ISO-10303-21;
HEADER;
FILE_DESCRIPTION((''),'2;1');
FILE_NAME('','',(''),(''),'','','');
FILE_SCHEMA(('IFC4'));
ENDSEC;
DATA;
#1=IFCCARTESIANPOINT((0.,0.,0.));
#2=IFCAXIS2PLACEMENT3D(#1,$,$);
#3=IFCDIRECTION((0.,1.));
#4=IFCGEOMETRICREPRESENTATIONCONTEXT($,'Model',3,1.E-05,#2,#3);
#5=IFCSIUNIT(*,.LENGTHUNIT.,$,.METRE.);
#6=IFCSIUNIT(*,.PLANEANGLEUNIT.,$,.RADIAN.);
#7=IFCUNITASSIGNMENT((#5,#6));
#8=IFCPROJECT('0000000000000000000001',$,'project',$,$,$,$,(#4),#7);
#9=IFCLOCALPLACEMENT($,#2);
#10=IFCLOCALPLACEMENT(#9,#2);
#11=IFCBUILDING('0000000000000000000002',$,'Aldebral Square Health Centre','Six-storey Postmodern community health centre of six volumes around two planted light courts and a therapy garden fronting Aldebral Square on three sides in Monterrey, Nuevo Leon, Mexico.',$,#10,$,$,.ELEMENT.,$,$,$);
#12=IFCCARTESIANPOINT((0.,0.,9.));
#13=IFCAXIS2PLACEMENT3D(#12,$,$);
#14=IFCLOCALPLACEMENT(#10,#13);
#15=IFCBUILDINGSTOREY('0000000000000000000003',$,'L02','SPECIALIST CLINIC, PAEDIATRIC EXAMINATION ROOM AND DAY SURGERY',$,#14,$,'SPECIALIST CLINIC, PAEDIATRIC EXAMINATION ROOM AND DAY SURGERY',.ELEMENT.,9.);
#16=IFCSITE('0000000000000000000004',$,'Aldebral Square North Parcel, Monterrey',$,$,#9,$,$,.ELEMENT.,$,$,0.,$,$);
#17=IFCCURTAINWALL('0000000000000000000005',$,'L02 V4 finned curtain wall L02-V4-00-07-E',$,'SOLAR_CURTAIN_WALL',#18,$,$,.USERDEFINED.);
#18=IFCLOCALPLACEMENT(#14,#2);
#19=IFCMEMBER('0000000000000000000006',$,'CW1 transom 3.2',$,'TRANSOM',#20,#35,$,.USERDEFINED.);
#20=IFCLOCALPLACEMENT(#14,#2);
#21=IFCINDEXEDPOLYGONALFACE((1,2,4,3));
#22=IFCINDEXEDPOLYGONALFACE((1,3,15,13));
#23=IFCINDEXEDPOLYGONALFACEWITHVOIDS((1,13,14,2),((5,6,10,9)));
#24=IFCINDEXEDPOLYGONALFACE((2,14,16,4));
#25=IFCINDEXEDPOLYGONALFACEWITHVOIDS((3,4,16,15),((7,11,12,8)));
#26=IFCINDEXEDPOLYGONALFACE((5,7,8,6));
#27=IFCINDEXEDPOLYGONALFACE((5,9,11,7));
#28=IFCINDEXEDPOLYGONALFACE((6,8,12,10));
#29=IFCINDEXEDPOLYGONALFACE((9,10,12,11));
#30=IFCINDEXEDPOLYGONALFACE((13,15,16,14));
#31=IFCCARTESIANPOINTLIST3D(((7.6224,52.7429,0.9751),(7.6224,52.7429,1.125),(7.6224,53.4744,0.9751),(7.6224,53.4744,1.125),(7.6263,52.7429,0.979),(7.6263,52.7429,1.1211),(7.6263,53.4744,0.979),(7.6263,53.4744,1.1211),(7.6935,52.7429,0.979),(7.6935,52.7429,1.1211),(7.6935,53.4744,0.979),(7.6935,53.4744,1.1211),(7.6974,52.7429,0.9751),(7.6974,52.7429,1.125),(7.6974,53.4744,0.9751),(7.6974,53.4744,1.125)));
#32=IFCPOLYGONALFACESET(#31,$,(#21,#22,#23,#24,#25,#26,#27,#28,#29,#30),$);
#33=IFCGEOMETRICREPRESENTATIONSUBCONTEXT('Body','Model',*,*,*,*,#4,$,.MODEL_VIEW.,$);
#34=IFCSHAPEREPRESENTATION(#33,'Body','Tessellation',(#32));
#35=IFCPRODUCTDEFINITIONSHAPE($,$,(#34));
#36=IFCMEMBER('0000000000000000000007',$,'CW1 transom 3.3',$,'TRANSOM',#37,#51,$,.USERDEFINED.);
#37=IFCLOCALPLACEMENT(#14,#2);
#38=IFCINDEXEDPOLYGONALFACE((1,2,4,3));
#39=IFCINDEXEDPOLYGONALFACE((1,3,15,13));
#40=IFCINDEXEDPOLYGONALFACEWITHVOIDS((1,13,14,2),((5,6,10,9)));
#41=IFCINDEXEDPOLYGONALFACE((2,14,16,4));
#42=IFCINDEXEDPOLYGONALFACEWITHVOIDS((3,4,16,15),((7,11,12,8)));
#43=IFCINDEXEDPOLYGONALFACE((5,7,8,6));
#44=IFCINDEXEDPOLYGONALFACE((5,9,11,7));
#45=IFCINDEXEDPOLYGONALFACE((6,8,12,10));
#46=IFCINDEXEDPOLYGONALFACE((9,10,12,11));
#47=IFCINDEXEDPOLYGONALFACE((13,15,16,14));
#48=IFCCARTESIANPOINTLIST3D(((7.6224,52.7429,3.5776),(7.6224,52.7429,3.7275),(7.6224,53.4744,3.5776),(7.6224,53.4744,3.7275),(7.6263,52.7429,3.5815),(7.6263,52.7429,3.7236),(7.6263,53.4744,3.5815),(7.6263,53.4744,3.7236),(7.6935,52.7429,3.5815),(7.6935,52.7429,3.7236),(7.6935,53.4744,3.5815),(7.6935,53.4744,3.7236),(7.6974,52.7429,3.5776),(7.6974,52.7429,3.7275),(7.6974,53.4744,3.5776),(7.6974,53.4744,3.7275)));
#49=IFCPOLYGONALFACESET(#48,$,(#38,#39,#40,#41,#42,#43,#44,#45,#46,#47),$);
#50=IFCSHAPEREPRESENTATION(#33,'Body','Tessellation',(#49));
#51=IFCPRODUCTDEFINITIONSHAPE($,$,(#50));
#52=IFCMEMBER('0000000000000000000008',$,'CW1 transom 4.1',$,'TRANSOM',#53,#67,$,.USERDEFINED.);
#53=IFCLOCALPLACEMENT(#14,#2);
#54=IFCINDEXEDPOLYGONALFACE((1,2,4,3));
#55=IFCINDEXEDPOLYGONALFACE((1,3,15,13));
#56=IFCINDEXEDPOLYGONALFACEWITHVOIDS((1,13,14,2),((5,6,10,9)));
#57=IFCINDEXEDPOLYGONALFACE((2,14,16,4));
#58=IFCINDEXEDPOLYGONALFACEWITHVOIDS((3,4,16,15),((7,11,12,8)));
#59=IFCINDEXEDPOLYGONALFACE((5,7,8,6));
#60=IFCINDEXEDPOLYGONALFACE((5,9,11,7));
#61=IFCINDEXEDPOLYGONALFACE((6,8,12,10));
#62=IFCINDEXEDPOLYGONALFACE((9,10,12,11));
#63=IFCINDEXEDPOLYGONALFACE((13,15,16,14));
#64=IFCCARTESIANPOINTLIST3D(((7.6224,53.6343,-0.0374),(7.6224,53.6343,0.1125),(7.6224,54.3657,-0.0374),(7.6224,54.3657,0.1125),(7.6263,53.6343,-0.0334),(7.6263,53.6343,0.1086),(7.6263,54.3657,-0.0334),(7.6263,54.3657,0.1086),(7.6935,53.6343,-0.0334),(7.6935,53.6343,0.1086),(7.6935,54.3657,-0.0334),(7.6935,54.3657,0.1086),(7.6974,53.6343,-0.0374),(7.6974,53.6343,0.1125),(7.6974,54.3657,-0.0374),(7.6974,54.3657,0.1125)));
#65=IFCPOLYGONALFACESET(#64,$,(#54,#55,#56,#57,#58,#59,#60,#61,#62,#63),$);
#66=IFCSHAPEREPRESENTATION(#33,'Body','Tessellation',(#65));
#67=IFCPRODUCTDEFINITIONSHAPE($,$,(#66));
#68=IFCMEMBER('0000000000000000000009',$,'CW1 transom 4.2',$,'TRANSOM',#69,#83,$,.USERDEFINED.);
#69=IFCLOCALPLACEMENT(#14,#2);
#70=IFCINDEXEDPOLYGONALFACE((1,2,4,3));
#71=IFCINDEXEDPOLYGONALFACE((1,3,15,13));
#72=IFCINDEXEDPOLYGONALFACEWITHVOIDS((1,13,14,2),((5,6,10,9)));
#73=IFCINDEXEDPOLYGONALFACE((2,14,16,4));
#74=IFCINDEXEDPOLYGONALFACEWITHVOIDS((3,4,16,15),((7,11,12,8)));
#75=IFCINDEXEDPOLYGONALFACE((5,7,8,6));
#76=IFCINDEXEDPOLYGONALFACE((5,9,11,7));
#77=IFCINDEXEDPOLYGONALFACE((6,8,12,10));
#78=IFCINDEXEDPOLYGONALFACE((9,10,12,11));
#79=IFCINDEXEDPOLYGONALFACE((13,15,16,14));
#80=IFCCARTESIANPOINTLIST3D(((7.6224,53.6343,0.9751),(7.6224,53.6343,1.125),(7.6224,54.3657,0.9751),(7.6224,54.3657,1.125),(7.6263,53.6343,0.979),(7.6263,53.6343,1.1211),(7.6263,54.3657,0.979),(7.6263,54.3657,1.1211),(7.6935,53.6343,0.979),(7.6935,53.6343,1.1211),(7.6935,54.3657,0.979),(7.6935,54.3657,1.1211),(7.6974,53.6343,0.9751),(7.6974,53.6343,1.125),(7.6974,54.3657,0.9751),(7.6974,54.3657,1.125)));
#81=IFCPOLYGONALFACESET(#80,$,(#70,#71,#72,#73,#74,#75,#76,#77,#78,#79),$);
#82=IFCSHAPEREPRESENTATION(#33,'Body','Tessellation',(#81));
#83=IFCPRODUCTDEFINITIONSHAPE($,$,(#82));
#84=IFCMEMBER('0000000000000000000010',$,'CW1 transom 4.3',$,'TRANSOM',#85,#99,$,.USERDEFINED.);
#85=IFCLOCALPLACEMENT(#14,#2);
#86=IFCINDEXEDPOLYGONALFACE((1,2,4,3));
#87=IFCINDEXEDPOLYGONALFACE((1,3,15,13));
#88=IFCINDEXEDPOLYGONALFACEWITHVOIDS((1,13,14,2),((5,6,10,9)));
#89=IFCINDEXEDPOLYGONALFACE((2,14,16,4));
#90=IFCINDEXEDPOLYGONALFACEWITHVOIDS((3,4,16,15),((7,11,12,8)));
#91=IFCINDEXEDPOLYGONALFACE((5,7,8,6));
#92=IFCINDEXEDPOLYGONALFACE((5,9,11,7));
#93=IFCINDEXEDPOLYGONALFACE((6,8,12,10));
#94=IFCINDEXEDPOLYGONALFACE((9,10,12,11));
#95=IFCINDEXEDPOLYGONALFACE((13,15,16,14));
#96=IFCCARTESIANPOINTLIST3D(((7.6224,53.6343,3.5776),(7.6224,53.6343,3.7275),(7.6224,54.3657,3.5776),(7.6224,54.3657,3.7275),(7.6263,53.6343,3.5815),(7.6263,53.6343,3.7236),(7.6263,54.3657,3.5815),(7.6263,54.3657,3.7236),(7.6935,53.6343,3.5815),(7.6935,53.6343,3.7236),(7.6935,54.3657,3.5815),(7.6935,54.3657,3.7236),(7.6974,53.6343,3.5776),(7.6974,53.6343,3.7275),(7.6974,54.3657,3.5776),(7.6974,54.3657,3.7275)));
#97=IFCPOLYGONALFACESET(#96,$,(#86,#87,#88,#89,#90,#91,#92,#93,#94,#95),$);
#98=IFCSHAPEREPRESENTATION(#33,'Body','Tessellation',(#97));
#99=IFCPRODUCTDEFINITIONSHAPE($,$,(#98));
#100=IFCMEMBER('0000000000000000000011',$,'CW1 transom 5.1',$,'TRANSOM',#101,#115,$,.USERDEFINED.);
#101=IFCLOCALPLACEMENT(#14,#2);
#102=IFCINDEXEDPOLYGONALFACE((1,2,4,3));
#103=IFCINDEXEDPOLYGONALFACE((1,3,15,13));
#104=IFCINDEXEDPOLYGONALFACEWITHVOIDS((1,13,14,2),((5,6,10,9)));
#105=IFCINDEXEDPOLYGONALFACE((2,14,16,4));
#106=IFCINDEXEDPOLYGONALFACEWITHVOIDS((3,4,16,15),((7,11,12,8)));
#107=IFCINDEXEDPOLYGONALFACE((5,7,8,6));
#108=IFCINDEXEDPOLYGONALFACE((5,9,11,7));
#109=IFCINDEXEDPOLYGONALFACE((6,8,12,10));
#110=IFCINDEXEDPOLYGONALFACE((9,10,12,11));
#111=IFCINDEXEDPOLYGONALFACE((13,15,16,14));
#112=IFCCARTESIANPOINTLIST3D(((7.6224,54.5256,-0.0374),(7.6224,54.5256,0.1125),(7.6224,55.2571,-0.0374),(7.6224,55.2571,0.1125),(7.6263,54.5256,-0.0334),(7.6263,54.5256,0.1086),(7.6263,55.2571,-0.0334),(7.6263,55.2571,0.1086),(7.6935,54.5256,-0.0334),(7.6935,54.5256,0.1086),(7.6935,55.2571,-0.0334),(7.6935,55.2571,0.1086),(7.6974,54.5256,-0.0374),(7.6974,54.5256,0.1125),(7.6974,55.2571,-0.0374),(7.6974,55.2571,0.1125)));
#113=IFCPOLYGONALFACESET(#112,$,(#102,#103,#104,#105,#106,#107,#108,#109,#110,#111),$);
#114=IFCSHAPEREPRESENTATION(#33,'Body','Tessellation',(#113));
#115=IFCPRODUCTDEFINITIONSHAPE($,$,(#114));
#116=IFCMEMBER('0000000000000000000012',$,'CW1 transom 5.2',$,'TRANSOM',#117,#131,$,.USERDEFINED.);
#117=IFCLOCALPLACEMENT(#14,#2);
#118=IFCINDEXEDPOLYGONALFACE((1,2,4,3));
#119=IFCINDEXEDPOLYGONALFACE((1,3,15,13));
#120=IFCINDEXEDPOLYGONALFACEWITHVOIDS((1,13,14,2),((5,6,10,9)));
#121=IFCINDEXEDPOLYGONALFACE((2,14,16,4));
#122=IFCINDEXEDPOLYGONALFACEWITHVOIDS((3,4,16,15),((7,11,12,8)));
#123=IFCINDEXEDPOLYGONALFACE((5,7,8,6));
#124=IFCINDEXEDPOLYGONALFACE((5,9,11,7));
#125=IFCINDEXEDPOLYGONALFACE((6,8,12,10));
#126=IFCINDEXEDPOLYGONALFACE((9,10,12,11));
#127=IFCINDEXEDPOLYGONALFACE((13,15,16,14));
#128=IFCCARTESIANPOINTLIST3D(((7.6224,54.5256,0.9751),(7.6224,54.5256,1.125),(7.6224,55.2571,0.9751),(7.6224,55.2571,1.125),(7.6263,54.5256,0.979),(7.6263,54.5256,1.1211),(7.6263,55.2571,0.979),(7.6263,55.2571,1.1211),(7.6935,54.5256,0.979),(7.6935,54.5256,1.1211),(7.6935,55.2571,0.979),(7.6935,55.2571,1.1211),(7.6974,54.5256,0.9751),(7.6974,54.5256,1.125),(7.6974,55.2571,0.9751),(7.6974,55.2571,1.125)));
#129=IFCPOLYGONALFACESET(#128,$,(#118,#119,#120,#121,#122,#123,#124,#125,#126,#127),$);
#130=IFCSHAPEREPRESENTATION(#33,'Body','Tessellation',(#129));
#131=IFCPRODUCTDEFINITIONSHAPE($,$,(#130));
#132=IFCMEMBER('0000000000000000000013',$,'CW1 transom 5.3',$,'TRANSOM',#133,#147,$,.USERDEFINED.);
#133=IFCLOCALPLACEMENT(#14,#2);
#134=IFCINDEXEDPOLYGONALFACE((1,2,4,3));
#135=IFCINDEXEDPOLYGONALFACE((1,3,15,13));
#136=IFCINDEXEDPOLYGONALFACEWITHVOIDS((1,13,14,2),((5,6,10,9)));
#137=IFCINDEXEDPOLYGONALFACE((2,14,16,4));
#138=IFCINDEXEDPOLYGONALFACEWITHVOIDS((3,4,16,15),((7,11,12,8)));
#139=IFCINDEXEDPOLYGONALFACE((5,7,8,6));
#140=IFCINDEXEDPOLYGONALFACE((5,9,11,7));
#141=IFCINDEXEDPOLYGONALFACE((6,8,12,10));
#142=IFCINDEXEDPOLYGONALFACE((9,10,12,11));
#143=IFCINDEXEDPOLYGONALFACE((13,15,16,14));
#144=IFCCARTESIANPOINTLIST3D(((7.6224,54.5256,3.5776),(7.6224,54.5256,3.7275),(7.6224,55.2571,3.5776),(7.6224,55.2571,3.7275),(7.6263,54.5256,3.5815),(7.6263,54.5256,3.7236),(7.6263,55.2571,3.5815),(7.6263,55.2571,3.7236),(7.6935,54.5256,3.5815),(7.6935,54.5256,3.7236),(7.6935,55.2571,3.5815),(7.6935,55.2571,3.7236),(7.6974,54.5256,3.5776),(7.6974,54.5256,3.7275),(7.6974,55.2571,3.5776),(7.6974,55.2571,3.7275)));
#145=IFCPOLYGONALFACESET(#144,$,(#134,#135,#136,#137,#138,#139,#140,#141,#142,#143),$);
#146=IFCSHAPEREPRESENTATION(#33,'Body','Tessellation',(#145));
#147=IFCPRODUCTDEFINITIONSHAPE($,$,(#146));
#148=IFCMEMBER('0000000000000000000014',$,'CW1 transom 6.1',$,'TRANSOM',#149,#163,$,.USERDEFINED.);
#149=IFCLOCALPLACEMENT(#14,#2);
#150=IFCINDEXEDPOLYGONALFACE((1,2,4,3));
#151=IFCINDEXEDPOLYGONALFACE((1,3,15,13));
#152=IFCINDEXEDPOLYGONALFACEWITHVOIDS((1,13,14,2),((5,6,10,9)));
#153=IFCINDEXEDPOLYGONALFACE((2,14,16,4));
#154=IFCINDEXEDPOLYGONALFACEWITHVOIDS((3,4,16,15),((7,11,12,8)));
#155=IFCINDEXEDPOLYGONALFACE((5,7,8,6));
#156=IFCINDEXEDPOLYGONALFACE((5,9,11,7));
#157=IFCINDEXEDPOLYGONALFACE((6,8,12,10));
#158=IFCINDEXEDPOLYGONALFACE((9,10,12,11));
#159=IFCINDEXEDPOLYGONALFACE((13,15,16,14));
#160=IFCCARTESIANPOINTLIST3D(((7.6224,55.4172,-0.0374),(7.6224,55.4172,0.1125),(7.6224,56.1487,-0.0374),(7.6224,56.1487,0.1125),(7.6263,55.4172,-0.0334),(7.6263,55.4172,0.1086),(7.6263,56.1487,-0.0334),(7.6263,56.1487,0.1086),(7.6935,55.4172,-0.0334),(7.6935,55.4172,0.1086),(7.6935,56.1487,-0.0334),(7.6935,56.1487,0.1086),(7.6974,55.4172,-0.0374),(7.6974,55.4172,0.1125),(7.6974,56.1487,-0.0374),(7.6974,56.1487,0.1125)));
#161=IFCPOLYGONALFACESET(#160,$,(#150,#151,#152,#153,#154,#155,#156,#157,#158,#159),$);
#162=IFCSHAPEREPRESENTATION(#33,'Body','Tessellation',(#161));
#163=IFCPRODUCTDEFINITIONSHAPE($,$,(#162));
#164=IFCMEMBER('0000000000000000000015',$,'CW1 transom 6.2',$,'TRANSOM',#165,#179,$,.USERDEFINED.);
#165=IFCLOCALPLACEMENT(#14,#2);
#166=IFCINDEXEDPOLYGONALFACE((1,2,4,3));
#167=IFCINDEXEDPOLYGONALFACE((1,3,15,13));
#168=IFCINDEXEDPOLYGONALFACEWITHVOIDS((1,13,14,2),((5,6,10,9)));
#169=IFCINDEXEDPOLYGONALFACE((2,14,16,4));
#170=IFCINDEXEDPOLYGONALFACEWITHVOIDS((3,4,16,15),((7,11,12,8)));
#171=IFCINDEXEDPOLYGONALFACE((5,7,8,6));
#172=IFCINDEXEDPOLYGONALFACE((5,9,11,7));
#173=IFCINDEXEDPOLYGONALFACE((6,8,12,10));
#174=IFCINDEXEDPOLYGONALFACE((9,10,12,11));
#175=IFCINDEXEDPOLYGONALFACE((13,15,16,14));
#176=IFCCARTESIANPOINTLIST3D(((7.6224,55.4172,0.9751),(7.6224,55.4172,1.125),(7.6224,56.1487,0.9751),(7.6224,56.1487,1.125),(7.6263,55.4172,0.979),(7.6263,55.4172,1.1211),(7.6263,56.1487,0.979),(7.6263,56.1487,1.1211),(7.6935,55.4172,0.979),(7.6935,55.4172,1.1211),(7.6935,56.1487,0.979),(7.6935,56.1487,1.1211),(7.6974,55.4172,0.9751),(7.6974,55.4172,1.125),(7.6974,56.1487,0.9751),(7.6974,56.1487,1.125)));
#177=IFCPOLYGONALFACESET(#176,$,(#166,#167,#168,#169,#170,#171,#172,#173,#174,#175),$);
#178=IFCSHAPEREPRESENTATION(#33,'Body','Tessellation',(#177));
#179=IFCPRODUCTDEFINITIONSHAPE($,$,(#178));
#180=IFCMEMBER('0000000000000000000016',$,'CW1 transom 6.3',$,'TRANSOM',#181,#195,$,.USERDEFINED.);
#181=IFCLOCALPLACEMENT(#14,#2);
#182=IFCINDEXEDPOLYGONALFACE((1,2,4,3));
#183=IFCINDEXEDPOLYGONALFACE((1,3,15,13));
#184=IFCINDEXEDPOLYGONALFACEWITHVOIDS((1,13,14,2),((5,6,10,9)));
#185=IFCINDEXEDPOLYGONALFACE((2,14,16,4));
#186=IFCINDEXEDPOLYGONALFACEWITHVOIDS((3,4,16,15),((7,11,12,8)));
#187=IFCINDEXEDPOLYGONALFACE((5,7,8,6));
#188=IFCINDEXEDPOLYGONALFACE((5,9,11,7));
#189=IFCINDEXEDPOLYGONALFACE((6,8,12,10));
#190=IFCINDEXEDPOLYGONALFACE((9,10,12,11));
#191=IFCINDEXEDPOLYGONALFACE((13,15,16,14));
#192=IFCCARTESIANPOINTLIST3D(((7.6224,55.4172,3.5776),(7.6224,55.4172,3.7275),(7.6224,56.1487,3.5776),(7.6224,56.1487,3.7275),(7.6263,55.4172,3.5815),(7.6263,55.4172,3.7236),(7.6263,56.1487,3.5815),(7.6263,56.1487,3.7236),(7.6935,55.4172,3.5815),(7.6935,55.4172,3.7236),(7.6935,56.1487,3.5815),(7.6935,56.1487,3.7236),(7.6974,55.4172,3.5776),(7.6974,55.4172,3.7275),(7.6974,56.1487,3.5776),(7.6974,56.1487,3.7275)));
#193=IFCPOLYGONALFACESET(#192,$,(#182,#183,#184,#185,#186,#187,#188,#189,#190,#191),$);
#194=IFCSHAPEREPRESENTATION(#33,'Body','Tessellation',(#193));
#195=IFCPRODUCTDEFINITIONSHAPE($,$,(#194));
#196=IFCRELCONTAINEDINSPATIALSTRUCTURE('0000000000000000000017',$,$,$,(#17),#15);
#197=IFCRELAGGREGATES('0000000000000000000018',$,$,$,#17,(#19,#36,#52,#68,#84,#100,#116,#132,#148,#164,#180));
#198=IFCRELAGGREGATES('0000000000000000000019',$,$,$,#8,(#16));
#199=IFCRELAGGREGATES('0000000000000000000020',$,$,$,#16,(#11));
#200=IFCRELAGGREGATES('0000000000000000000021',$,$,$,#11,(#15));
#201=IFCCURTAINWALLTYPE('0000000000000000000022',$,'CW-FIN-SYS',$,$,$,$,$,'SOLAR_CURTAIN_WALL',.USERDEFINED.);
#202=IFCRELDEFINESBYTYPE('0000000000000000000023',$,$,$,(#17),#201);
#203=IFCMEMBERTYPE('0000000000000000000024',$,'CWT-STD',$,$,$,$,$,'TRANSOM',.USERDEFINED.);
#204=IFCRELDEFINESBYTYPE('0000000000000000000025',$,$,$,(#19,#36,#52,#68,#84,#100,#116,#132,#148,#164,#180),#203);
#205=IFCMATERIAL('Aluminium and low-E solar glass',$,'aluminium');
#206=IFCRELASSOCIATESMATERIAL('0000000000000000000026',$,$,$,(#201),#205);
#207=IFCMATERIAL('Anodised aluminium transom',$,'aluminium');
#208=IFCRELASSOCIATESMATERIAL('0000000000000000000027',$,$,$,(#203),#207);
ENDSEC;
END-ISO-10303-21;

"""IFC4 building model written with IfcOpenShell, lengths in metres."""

from ifc_helpers import new_model, si_unit, direction, frame, origin, origin_2d, place, context, subcontext, project, spatial, hollow_rectangle, extrude, material, material_profile, profile_set, type_object, element, aggregate, save


model = new_model("IFC4")

# Units and contexts
model_context = context("Model", 3, precision=1e-05, world=origin(), true_north=direction((0.0, 1.0)))
body_context = subcontext(model_context, "Body", "Model", "MODEL_VIEW")
ifc_project = project(units=[si_unit("LENGTHUNIT", "METRE"), si_unit("PLANEANGLEUNIT", "RADIAN")], contexts=[model_context])

# Site, building, storey
site_placement = place(None, origin())
site = spatial("IfcSite", under=ifc_project, at=site_placement, Name="Aldebral Square North Parcel, Monterrey", CompositionType="ELEMENT", RefElevation=0.0)
building_placement = place(site_placement, origin())
building = spatial("IfcBuilding", under=site, at=building_placement, Name="Aldebral Square Health Centre", Description="Six-storey Postmodern community health centre of six volumes around two planted light courts and a therapy garden fronting Aldebral Square on three sides in Monterrey, Nuevo Leon, Mexico.", CompositionType="ELEMENT")
storey_placement = place(building_placement, frame((0.0, 0.0, 9.0)))
storey = spatial("IfcBuildingStorey", under=building, at=storey_placement, Name="L02", Description="SPECIALIST CLINIC, PAEDIATRIC EXAMINATION ROOM AND DAY SURGERY", LongName="SPECIALIST CLINIC, PAEDIATRIC EXAMINATION ROOM AND DAY SURGERY", CompositionType="ELEMENT", Elevation=9.0)

# Curtain wall, members
ifc_material_1 = material(Name="Aluminium and low-E solar glass", Category="aluminium")
curtain_wall_type = type_object("IfcCurtainWallType", Name="CW-FIN-SYS", ElementType="SOLAR_CURTAIN_WALL", PredefinedType="USERDEFINED", material=ifc_material_1)
curtain_wall_placement = place(storey_placement, origin())
curtain_wall = element("IfcCurtainWall", 1, at=curtain_wall_placement, inside=storey, type_object=curtain_wall_type, Name="L02 V4 finned curtain wall L02-V4-00-07-E", ObjectType="SOLAR_CURTAIN_WALL", PredefinedType="USERDEFINED")
ifc_material_2 = material(Name="Anodised aluminium transom", Category="aluminium")
ifc_material_profile_1 = material_profile(ifc_material_2, hollow_rectangle(XDim=0.075, YDim=0.1499, WallThickness=0.0039, at=origin_2d()), Name="CWT 75x150x4")
ifc_profile_set_1 = profile_set([ifc_material_profile_1], Name="Anodised aluminium transom")
member_type_1 = type_object("IfcMemberType", Name="CWT-STD", ElementType="TRANSOM", PredefinedType="USERDEFINED", material=ifc_profile_set_1)
member_1_placement = place(storey_placement, frame((7.6599, 52.7429, 1.05), z_axis=(0.0, 1.0, 0.0), x_axis=(-1.0, 0.0, 0.0)))
member_1 = element("IfcMember", 2, at=member_1_placement, type_object=member_type_1, Name="CW1 transom 3.2", ObjectType="TRANSOM", PredefinedType="USERDEFINED", context=body_context, shape_type="SweptSolid", body=[
    extrude(hollow_rectangle(XDim=0.075, YDim=0.1499, WallThickness=0.0039, at=origin_2d()), origin(), (0.0, 0.0, 1.0), 0.7314),
])
member_2_placement = place(storey_placement, frame((7.6599, 52.7429, 3.6526), z_axis=(0.0, 1.0, 0.0), x_axis=(-1.0, 0.0, 0.0)))
member_2 = element("IfcMember", 3, at=member_2_placement, type_object=member_type_1, Name="CW1 transom 3.3", ObjectType="TRANSOM", PredefinedType="USERDEFINED", context=body_context, shape_type="SweptSolid", body=[
    extrude(hollow_rectangle(XDim=0.075, YDim=0.1499, WallThickness=0.0039, at=origin_2d()), origin(), (0.0, 0.0, 1.0), 0.7314),
])
member_3_placement = place(storey_placement, frame((7.6599, 53.6343, 0.0376), z_axis=(0.0, 1.0, 0.0), x_axis=(-1.0, 0.0, 0.0)))
member_3 = element("IfcMember", 4, at=member_3_placement, type_object=member_type_1, Name="CW1 transom 4.1", ObjectType="TRANSOM", PredefinedType="USERDEFINED", context=body_context, shape_type="SweptSolid", body=[
    extrude(hollow_rectangle(XDim=0.075, YDim=0.1499, WallThickness=0.0039, at=origin_2d()), origin(), (0.0, 0.0, 1.0), 0.7314),
])
member_4_placement = place(storey_placement, frame((7.6599, 53.6343, 1.05), z_axis=(0.0, 1.0, 0.0), x_axis=(-1.0, 0.0, 0.0)))
member_4 = element("IfcMember", 5, at=member_4_placement, type_object=member_type_1, Name="CW1 transom 4.2", ObjectType="TRANSOM", PredefinedType="USERDEFINED", context=body_context, shape_type="SweptSolid", body=[
    extrude(hollow_rectangle(XDim=0.075, YDim=0.1499, WallThickness=0.0039, at=origin_2d()), origin(), (0.0, 0.0, 1.0), 0.7314),
])
member_5_placement = place(storey_placement, frame((7.6599, 53.6343, 3.6526), z_axis=(0.0, 1.0, 0.0), x_axis=(-1.0, 0.0, 0.0)))
member_5 = element("IfcMember", 6, at=member_5_placement, type_object=member_type_1, Name="CW1 transom 4.3", ObjectType="TRANSOM", PredefinedType="USERDEFINED", context=body_context, shape_type="SweptSolid", body=[
    extrude(hollow_rectangle(XDim=0.075, YDim=0.1499, WallThickness=0.0039, at=origin_2d()), origin(), (0.0, 0.0, 1.0), 0.7314),
])
member_6_placement = place(storey_placement, frame((7.6599, 54.5256, 0.0376), z_axis=(0.0, 1.0, 0.0), x_axis=(-1.0, 0.0, 0.0)))
member_6 = element("IfcMember", 7, at=member_6_placement, type_object=member_type_1, Name="CW1 transom 5.1", ObjectType="TRANSOM", PredefinedType="USERDEFINED", context=body_context, shape_type="SweptSolid", body=[
    extrude(hollow_rectangle(XDim=0.075, YDim=0.1499, WallThickness=0.0039, at=origin_2d()), origin(), (0.0, 0.0, 1.0), 0.7314),
])
member_7_placement = place(storey_placement, frame((7.6599, 54.5256, 1.05), z_axis=(0.0, 1.0, 0.0), x_axis=(-1.0, 0.0, 0.0)))
member_7 = element("IfcMember", 8, at=member_7_placement, type_object=member_type_1, Name="CW1 transom 5.2", ObjectType="TRANSOM", PredefinedType="USERDEFINED", context=body_context, shape_type="SweptSolid", body=[
    extrude(hollow_rectangle(XDim=0.075, YDim=0.1499, WallThickness=0.0039, at=origin_2d()), origin(), (0.0, 0.0, 1.0), 0.7314),
])
member_8_placement = place(storey_placement, frame((7.6599, 54.5256, 3.6526), z_axis=(0.0, 1.0, 0.0), x_axis=(-1.0, 0.0, 0.0)))
member_8 = element("IfcMember", 9, at=member_8_placement, type_object=member_type_1, Name="CW1 transom 5.3", ObjectType="TRANSOM", PredefinedType="USERDEFINED", context=body_context, shape_type="SweptSolid", body=[
    extrude(hollow_rectangle(XDim=0.075, YDim=0.1499, WallThickness=0.0039, at=origin_2d()), origin(), (0.0, 0.0, 1.0), 0.7314),
])
member_9_placement = place(storey_placement, frame((7.6599, 55.4172, 0.0376), z_axis=(0.0, 1.0, 0.0), x_axis=(-1.0, 0.0, 0.0)))
member_9 = element("IfcMember", 10, at=member_9_placement, type_object=member_type_1, Name="CW1 transom 6.1", ObjectType="TRANSOM", PredefinedType="USERDEFINED", context=body_context, shape_type="SweptSolid", body=[
    extrude(hollow_rectangle(XDim=0.075, YDim=0.1499, WallThickness=0.0039, at=origin_2d()), origin(), (0.0, 0.0, 1.0), 0.7314),
])
member_10_placement = place(storey_placement, frame((7.6599, 55.4172, 1.05), z_axis=(0.0, 1.0, 0.0), x_axis=(-1.0, 0.0, 0.0)))
member_10 = element("IfcMember", 11, at=member_10_placement, type_object=member_type_1, Name="CW1 transom 6.2", ObjectType="TRANSOM", PredefinedType="USERDEFINED", context=body_context, shape_type="SweptSolid", body=[
    extrude(hollow_rectangle(XDim=0.075, YDim=0.1499, WallThickness=0.0039, at=origin_2d()), origin(), (0.0, 0.0, 1.0), 0.7314),
])
member_11_placement = place(storey_placement, frame((7.6599, 55.4172, 3.6526), z_axis=(0.0, 1.0, 0.0), x_axis=(-1.0, 0.0, 0.0)))
member_11 = element("IfcMember", 12, at=member_11_placement, type_object=member_type_1, Name="CW1 transom 6.3", ObjectType="TRANSOM", PredefinedType="USERDEFINED", context=body_context, shape_type="SweptSolid", body=[
    extrude(hollow_rectangle(XDim=0.075, YDim=0.1499, WallThickness=0.0039, at=origin_2d()), origin(), (0.0, 0.0, 1.0), 0.7314),
])
aggregate(curtain_wall, [member_1, member_2, member_3, member_4, member_5, member_6, member_7, member_8, member_9, member_10, member_11])

save(model, "model.ifc")
